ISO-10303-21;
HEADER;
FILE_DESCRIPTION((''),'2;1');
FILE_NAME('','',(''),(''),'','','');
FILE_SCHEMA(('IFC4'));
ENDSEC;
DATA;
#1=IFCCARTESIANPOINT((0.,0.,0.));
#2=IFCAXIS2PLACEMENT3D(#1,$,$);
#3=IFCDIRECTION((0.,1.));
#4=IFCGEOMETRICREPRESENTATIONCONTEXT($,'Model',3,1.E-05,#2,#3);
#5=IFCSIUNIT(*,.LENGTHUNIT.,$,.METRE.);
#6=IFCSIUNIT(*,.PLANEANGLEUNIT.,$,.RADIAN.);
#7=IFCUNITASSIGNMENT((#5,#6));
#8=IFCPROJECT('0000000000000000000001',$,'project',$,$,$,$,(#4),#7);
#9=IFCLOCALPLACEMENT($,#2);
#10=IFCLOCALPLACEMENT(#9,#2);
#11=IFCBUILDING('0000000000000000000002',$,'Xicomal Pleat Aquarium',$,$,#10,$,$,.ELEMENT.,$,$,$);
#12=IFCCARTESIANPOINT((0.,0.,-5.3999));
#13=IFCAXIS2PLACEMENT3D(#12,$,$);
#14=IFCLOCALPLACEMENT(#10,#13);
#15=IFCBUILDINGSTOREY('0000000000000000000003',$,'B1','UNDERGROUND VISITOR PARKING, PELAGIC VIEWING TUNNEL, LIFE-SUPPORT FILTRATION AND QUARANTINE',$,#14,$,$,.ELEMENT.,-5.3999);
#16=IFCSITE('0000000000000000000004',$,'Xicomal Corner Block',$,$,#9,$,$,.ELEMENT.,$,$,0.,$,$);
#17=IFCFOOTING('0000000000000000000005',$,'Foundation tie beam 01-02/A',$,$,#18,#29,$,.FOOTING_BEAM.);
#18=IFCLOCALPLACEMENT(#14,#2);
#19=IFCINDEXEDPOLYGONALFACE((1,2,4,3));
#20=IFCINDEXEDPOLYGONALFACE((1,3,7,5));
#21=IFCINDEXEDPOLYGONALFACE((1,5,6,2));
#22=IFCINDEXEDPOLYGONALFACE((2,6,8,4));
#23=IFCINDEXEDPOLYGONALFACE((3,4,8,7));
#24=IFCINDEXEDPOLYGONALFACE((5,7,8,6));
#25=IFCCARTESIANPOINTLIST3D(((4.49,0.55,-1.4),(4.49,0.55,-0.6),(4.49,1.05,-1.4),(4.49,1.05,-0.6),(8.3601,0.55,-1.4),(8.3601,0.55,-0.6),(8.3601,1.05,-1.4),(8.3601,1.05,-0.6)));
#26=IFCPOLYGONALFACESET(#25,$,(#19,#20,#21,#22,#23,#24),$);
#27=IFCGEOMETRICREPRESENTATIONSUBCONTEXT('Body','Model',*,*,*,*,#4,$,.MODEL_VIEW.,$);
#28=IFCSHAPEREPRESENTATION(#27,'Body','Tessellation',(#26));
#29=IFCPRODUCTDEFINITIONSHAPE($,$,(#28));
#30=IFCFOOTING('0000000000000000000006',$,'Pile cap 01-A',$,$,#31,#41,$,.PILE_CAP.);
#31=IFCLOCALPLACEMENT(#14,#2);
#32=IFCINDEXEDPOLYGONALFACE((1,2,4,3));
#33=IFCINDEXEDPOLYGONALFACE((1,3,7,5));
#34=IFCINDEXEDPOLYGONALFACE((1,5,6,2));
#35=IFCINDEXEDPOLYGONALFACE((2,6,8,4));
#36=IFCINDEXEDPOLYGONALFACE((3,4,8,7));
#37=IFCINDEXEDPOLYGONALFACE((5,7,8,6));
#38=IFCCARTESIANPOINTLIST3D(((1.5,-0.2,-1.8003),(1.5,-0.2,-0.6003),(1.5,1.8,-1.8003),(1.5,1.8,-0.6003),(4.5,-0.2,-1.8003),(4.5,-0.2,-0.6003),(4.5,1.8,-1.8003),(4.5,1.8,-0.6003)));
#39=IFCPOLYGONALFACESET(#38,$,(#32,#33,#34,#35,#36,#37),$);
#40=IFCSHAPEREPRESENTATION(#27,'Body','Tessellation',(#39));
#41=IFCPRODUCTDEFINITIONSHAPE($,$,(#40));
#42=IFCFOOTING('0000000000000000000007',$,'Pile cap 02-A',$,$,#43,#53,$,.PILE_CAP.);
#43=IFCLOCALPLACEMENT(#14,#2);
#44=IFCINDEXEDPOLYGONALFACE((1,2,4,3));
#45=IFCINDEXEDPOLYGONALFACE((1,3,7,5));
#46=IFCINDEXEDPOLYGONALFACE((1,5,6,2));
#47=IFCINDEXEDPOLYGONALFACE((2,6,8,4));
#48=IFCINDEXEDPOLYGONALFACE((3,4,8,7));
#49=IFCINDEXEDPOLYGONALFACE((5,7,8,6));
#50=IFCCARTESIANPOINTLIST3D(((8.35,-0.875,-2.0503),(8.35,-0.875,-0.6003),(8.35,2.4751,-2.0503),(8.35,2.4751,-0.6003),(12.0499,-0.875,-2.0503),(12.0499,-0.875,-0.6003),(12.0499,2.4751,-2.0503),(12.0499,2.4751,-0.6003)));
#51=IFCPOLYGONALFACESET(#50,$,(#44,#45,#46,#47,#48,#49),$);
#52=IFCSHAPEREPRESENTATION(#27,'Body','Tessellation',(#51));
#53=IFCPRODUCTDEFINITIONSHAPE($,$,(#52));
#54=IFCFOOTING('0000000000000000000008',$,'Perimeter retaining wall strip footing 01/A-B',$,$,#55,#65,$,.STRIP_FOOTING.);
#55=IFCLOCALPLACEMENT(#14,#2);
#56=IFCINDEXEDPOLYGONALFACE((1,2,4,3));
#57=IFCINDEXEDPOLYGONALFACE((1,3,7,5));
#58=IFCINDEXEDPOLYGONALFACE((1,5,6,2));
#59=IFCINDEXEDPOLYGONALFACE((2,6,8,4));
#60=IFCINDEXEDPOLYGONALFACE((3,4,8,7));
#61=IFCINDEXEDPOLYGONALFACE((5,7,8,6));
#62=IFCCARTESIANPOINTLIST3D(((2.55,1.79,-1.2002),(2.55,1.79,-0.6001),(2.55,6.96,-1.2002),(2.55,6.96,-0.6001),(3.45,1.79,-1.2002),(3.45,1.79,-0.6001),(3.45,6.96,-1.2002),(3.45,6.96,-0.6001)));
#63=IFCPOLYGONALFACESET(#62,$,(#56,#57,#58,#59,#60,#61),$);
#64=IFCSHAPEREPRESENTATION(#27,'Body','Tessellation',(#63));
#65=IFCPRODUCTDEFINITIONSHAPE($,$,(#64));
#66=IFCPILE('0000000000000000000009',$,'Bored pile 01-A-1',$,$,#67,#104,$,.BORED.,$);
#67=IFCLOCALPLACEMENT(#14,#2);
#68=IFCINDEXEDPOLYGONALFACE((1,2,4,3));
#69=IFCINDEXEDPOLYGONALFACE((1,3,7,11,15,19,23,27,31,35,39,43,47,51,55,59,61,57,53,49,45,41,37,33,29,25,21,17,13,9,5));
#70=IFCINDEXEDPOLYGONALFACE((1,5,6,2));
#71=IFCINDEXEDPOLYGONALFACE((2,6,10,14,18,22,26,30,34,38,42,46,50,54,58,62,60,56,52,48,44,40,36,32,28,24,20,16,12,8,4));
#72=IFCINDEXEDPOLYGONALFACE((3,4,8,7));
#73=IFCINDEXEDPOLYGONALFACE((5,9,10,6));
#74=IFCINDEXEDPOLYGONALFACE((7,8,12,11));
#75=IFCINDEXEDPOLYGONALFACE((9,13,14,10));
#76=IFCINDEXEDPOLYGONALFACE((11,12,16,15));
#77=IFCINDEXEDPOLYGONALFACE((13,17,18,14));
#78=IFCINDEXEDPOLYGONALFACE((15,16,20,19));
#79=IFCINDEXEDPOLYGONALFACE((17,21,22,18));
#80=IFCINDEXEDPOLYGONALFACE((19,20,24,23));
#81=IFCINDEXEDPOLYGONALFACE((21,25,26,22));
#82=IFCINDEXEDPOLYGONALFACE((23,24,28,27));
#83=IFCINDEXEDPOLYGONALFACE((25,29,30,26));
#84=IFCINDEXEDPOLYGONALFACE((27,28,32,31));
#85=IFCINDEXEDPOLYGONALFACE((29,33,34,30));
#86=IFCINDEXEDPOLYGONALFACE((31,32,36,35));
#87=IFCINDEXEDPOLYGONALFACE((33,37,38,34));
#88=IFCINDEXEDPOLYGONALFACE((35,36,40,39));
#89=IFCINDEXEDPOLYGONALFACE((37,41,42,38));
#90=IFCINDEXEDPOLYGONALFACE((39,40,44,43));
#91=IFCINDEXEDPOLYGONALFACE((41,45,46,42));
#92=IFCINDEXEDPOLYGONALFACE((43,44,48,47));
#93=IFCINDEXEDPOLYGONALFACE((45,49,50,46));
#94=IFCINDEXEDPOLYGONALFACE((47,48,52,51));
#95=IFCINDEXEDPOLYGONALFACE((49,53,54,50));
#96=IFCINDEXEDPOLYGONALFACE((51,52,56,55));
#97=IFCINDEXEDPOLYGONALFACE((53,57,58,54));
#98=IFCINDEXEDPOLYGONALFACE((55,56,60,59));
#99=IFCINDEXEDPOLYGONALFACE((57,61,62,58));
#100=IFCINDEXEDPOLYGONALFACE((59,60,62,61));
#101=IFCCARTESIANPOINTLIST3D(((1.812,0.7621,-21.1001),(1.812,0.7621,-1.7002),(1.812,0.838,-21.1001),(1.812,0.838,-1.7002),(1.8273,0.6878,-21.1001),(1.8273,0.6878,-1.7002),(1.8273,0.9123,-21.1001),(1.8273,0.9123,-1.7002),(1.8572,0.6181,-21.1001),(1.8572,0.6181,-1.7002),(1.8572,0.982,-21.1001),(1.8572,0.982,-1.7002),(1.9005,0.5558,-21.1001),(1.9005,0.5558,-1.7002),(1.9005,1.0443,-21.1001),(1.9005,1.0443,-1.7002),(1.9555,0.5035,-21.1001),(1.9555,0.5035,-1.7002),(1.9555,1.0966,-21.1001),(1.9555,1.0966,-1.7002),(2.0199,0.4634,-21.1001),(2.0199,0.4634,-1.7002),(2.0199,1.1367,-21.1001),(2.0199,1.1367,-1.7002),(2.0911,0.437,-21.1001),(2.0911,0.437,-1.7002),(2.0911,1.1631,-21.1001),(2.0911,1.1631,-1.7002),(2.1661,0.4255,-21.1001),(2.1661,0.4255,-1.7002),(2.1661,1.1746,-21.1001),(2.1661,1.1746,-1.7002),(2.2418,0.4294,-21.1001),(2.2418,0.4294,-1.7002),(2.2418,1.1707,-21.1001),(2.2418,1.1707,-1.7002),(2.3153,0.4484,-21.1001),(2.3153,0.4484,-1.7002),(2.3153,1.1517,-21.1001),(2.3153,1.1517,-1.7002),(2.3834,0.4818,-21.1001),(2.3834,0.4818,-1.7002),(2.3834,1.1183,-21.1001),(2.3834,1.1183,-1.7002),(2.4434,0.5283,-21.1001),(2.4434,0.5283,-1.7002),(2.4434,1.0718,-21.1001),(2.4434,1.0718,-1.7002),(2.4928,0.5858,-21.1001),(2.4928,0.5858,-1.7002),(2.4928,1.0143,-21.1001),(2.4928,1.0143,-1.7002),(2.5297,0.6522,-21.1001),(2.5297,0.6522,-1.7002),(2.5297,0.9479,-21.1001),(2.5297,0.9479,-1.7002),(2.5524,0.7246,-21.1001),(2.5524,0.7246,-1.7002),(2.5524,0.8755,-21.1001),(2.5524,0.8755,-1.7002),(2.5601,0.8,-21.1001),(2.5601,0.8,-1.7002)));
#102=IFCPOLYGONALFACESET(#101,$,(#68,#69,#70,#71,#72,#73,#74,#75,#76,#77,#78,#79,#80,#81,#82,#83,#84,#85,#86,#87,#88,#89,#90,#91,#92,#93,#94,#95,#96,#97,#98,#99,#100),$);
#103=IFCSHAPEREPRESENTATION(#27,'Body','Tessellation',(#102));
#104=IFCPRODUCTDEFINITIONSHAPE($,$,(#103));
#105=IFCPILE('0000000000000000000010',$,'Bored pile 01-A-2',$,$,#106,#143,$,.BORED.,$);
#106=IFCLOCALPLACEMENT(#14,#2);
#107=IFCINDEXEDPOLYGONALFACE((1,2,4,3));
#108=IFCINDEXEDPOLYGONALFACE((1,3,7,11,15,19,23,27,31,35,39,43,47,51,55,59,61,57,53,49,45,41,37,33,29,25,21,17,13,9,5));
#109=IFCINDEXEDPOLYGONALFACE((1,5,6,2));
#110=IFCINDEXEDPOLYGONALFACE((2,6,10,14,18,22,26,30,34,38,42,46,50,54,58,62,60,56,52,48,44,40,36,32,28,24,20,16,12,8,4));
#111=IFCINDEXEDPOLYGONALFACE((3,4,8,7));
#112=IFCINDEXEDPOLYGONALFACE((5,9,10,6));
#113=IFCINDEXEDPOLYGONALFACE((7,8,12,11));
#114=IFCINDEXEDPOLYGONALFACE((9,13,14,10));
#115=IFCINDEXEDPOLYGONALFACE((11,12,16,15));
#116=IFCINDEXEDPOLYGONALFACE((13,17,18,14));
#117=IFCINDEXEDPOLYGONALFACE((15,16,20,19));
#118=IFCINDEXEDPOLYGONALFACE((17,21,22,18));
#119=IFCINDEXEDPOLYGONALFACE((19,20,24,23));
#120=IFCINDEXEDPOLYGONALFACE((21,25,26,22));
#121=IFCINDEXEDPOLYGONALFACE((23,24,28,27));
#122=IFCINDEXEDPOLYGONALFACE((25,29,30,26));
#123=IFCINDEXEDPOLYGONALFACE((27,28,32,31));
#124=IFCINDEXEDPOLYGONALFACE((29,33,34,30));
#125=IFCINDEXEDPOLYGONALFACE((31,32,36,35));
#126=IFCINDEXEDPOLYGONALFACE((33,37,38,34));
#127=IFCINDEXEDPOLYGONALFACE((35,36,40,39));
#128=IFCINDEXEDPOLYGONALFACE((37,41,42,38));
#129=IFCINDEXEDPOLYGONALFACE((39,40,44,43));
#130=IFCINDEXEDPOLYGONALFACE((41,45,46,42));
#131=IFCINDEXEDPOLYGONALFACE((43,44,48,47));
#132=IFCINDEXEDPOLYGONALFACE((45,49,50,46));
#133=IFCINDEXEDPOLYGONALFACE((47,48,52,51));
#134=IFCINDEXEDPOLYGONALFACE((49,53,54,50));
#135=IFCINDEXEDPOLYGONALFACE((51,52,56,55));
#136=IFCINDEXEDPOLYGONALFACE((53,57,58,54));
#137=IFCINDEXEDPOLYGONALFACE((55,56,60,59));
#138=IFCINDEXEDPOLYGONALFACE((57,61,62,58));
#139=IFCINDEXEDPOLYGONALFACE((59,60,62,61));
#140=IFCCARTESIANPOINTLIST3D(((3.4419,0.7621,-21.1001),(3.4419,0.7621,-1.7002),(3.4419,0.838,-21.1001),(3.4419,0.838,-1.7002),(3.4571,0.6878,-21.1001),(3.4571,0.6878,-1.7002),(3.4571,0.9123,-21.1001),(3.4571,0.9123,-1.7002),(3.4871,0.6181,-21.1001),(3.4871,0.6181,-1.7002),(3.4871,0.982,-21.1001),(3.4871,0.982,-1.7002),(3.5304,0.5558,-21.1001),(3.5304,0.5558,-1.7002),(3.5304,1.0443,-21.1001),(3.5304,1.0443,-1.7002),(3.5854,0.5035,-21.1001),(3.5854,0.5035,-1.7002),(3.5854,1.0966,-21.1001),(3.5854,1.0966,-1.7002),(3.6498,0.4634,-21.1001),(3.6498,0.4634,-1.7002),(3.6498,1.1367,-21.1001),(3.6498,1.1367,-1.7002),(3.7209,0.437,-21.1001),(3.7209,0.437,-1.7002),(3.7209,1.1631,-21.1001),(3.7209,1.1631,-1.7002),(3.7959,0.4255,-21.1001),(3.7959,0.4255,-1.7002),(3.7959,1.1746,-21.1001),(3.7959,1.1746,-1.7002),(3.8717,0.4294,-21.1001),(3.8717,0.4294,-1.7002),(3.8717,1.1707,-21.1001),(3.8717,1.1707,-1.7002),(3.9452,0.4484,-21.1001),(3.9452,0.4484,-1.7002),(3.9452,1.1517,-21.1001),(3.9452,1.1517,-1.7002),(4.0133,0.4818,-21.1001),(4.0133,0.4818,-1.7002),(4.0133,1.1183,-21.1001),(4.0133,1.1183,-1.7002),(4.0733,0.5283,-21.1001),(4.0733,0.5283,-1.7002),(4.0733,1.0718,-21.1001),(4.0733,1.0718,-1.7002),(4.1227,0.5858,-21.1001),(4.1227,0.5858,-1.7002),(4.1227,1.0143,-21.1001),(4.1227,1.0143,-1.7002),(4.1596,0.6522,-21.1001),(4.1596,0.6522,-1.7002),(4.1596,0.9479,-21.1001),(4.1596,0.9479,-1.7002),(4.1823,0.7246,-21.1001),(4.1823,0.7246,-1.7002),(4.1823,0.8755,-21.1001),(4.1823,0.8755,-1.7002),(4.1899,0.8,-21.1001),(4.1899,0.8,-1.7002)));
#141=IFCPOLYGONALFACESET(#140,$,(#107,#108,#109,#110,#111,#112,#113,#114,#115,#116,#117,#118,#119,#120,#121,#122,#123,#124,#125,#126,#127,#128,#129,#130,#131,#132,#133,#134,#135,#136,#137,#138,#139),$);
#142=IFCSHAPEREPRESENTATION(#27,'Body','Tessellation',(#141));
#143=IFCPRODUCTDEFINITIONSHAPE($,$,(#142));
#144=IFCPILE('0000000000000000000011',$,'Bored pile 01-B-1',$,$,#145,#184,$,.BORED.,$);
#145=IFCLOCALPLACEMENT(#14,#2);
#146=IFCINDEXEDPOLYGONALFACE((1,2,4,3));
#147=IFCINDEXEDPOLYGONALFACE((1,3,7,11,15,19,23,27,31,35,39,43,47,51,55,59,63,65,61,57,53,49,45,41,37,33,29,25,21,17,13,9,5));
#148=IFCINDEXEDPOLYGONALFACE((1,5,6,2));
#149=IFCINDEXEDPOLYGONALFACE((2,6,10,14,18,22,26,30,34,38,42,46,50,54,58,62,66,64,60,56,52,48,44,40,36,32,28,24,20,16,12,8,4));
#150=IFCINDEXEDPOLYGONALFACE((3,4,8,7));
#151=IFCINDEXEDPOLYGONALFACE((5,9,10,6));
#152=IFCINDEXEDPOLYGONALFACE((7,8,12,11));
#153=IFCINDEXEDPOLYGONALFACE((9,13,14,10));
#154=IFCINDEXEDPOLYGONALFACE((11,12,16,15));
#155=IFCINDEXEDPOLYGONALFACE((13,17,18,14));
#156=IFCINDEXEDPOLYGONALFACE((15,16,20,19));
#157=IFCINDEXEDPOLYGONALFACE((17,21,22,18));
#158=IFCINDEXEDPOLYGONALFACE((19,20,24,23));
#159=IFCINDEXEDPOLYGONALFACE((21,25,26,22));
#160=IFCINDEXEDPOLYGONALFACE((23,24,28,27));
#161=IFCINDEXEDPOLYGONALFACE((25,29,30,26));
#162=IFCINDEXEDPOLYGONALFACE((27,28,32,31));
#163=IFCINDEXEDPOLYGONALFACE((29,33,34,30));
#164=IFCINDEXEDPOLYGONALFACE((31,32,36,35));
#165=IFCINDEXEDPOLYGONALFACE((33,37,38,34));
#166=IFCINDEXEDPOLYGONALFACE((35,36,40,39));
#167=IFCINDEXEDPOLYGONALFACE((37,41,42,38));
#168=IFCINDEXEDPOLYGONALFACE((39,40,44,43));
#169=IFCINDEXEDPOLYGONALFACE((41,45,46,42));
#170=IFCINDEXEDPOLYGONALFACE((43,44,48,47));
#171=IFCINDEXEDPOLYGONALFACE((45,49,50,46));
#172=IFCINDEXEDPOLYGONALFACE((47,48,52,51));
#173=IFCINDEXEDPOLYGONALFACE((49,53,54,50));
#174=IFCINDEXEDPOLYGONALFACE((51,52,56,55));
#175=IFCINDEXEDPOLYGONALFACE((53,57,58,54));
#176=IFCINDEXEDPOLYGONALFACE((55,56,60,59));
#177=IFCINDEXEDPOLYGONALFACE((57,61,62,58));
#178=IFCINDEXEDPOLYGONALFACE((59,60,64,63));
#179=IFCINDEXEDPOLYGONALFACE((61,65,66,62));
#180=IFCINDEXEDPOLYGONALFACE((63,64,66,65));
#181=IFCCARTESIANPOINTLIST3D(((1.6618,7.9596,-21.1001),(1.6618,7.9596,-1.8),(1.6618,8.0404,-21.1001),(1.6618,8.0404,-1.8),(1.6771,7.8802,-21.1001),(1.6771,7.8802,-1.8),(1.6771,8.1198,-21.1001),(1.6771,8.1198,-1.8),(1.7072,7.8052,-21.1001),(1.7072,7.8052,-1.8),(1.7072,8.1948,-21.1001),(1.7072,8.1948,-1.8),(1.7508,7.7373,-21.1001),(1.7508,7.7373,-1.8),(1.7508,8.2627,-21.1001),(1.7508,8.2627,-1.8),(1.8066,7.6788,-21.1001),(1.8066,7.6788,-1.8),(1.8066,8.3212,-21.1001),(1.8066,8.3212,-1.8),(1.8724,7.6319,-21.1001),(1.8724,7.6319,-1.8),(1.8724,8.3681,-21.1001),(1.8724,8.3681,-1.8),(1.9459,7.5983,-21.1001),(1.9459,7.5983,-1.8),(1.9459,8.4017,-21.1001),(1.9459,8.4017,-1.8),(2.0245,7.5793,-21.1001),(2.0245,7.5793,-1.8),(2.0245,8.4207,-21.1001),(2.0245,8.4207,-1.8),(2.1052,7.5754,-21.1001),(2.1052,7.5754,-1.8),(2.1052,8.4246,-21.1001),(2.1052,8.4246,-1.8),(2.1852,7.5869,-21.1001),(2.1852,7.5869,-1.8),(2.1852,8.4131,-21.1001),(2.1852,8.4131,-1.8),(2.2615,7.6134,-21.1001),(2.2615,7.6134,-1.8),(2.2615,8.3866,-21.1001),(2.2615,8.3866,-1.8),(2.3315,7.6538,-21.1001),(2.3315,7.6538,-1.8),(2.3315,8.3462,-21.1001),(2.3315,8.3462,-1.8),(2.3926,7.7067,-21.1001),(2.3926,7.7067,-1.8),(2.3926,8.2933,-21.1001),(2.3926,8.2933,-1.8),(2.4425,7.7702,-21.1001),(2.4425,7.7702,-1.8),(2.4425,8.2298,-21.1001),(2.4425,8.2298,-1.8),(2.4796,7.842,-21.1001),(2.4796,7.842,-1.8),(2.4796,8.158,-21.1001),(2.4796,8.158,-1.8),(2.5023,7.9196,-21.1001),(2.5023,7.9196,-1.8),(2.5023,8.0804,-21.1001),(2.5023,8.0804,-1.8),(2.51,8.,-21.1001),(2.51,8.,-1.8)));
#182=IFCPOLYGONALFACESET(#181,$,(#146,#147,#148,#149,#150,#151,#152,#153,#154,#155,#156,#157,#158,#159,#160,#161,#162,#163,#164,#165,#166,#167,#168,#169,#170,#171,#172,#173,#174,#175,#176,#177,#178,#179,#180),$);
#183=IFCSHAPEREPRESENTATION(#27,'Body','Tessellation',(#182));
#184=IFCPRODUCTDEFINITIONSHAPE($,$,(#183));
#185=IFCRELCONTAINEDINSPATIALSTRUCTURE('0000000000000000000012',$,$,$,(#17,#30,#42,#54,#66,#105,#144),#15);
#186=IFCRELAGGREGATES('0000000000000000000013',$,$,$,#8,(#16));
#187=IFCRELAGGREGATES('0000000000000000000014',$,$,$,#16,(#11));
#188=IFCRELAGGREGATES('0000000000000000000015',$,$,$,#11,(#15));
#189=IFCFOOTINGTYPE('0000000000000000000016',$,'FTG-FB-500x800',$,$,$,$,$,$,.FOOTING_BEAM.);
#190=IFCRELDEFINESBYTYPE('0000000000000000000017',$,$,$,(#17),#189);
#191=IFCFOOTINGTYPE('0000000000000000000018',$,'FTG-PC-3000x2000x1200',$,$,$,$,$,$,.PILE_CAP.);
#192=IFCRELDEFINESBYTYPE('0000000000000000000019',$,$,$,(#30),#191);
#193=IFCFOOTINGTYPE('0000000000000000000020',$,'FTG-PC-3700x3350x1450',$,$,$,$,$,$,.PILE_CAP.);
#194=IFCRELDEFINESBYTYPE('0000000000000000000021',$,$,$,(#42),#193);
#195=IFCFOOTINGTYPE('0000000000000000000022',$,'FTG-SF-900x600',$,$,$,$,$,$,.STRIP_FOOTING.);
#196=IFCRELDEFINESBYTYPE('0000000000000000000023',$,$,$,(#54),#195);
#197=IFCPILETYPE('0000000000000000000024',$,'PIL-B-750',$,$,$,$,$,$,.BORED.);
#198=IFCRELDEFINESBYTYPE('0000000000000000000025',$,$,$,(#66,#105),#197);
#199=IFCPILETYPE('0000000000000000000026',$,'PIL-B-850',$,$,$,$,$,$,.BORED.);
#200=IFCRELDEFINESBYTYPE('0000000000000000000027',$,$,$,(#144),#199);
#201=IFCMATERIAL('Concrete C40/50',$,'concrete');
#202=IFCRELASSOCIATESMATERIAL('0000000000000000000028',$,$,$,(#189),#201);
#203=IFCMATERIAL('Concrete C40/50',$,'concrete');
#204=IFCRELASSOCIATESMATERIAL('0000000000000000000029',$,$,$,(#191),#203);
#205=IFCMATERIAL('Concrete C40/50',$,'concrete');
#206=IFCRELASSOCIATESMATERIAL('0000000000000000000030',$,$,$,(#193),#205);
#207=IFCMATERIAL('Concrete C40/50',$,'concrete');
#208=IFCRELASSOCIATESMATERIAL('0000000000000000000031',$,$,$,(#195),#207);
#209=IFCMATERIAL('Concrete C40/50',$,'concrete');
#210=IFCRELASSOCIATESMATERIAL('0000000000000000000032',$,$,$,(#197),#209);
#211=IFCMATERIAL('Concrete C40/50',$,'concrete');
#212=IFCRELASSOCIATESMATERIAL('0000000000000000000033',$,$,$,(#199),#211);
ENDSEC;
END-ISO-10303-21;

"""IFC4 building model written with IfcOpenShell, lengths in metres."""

from ifc_helpers import new_model, si_unit, direction, frame, origin, origin_2d, place, context, subcontext, project, spatial, rectangle, circle, extrude, material, material_profile, profile_set, type_object, element, save


model = new_model("IFC4")

# Units and contexts
model_context = context("Model", 3, precision=1e-05, world=origin(), true_north=direction((0.0, 1.0)))
body_context = subcontext(model_context, "Body", "Model", "MODEL_VIEW")
ifc_project = project(units=[si_unit("LENGTHUNIT", "METRE"), si_unit("PLANEANGLEUNIT", "RADIAN")], contexts=[model_context])

# Site, building, storey
site_placement = place(None, origin())
site = spatial("IfcSite", under=ifc_project, at=site_placement, Name="Xicomal Corner Block", CompositionType="ELEMENT", RefElevation=0.0)
building_placement = place(site_placement, origin())
building = spatial("IfcBuilding", under=site, at=building_placement, Name="Xicomal Pleat Aquarium", CompositionType="ELEMENT")
storey_placement = place(building_placement, frame((0.0, 0.0, -5.3999)))
storey = spatial("IfcBuildingStorey", under=building, at=storey_placement, Name="B1", Description="UNDERGROUND VISITOR PARKING, PELAGIC VIEWING TUNNEL, LIFE-SUPPORT FILTRATION AND QUARANTINE", CompositionType="ELEMENT", Elevation=-5.3999)

# Footings
ifc_material_1 = material(Name="Concrete C40/50", Category="concrete")
ifc_material_profile_1 = material_profile(ifc_material_1, rectangle(XDim=0.5, YDim=0.8, at=origin_2d()), Name="FB-01 500x800")
ifc_profile_set_1 = profile_set([ifc_material_profile_1], Name="Concrete C40/50")
footing_type_1 = type_object("IfcFootingType", Name="FTG-FB-500x800", PredefinedType="FOOTING_BEAM", material=ifc_profile_set_1)
footing_1_placement = place(storey_placement, frame((4.49, 0.8, -1.0), z_axis=(1.0, 0.0, 0.0), x_axis=(0.0, 1.0, 0.0)))
element("IfcFooting", 1, at=footing_1_placement, inside=storey, type_object=footing_type_1, Name="Foundation tie beam 01-02/A", PredefinedType="FOOTING_BEAM", context=body_context, shape_type="SweptSolid", body=[
    extrude(rectangle(XDim=0.5, YDim=0.8, at=origin_2d()), origin(), (0.0, 0.0, 1.0), 3.8701),
])
ifc_material_2 = material(Name="Concrete C40/50", Category="concrete")
footing_type_2 = type_object("IfcFootingType", Name="FTG-PC-3000x2000x1200", PredefinedType="PILE_CAP", material=ifc_material_2)
footing_2_placement = place(storey_placement, frame((3.0, 0.8, -1.8003), z_axis=(0.0, 0.0, 1.0), x_axis=(1.0, 0.0, 0.0)))
element("IfcFooting", 2, at=footing_2_placement, inside=storey, type_object=footing_type_2, Name="Pile cap 01-A", PredefinedType="PILE_CAP", context=body_context, shape_type="SweptSolid", body=[
    extrude(rectangle(XDim=3.0, YDim=2.0, at=origin_2d()), origin(), (0.0, 0.0, 1.0), 1.2),
])
ifc_material_3 = material(Name="Concrete C40/50", Category="concrete")
footing_type_3 = type_object("IfcFootingType", Name="FTG-PC-3700x3350x1450", PredefinedType="PILE_CAP", material=ifc_material_3)
footing_3_placement = place(storey_placement, frame((10.2, 0.8, -2.0503), z_axis=(0.0, 0.0, 1.0), x_axis=(1.0, 0.0, 0.0)))
element("IfcFooting", 3, at=footing_3_placement, inside=storey, type_object=footing_type_3, Name="Pile cap 02-A", PredefinedType="PILE_CAP", context=body_context, shape_type="SweptSolid", body=[
    extrude(rectangle(XDim=3.7, YDim=3.3501, at=origin_2d()), origin(), (0.0, 0.0, 1.0), 1.45),
])
ifc_material_4 = material(Name="Concrete C40/50", Category="concrete")
ifc_material_profile_2 = material_profile(ifc_material_4, rectangle(XDim=0.8999, YDim=0.6001, at=origin_2d()), Name="SF-01 900x600")
ifc_profile_set_2 = profile_set([ifc_material_profile_2], Name="Concrete C40/50")
footing_type_4 = type_object("IfcFootingType", Name="FTG-SF-900x600", PredefinedType="STRIP_FOOTING", material=ifc_profile_set_2)
footing_4_placement = place(storey_placement, frame((3.0, 1.79, -0.9001), z_axis=(0.0, 1.0, 0.0), x_axis=(-1.0, 0.0, 0.0)))
element("IfcFooting", 4, at=footing_4_placement, inside=storey, type_object=footing_type_4, Name="Perimeter retaining wall strip footing 01/A-B", PredefinedType="STRIP_FOOTING", context=body_context, shape_type="SweptSolid", body=[
    extrude(rectangle(XDim=0.8999, YDim=0.6001, at=origin_2d()), origin(), (0.0, 0.0, 1.0), 5.1699),
])

# Piles
ifc_material_5 = material(Name="Concrete C40/50", Category="concrete")
ifc_material_profile_3 = material_profile(ifc_material_5, circle(Radius=0.375, at=origin_2d()), Name="BORED PILE D750")
ifc_profile_set_3 = profile_set([ifc_material_profile_3], Name="Concrete C40/50")
pile_type_1 = type_object("IfcPileType", Name="PIL-B-750", PredefinedType="BORED", material=ifc_profile_set_3)
for number, where, z_axis, x_axis, name in (
    (5, (2.1851, 0.8, -1.7002), (0.0, 0.0, -1.0), (1.0, 0.0, 0.0), "Bored pile 01-A-1"),
    (6, (3.8149, 0.8, -1.7002), (0.0, 0.0, -1.0), (1.0, 0.0, 0.0), "Bored pile 01-A-2"),
):
    element("IfcPile", number, at=place(storey_placement, frame(where, z_axis=z_axis, x_axis=x_axis)), inside=storey, type_object=pile_type_1, Name=name, PredefinedType="BORED", context=body_context, shape_type="SweptSolid", body=[
        extrude(circle(Radius=0.375, at=origin_2d()), origin(), (0.0, 0.0, 1.0), 19.3999),
    ])
ifc_material_6 = material(Name="Concrete C40/50", Category="concrete")
ifc_material_profile_4 = material_profile(ifc_material_6, circle(Radius=0.425, at=origin_2d()), Name="BORED PILE D850")
ifc_profile_set_4 = profile_set([ifc_material_profile_4], Name="Concrete C40/50")
pile_type_2 = type_object("IfcPileType", Name="PIL-B-850", PredefinedType="BORED", material=ifc_profile_set_4)
pile_1_placement = place(storey_placement, frame((2.085, 8.0, -1.8), z_axis=(0.0, 0.0, -1.0), x_axis=(1.0, 0.0, 0.0)))
element("IfcPile", 7, at=pile_1_placement, inside=storey, type_object=pile_type_2, Name="Bored pile 01-B-1", PredefinedType="BORED", context=body_context, shape_type="SweptSolid", body=[
    extrude(circle(Radius=0.425, at=origin_2d()), origin(), (0.0, 0.0, 1.0), 19.3),
])

save(model, "model.ifc")
